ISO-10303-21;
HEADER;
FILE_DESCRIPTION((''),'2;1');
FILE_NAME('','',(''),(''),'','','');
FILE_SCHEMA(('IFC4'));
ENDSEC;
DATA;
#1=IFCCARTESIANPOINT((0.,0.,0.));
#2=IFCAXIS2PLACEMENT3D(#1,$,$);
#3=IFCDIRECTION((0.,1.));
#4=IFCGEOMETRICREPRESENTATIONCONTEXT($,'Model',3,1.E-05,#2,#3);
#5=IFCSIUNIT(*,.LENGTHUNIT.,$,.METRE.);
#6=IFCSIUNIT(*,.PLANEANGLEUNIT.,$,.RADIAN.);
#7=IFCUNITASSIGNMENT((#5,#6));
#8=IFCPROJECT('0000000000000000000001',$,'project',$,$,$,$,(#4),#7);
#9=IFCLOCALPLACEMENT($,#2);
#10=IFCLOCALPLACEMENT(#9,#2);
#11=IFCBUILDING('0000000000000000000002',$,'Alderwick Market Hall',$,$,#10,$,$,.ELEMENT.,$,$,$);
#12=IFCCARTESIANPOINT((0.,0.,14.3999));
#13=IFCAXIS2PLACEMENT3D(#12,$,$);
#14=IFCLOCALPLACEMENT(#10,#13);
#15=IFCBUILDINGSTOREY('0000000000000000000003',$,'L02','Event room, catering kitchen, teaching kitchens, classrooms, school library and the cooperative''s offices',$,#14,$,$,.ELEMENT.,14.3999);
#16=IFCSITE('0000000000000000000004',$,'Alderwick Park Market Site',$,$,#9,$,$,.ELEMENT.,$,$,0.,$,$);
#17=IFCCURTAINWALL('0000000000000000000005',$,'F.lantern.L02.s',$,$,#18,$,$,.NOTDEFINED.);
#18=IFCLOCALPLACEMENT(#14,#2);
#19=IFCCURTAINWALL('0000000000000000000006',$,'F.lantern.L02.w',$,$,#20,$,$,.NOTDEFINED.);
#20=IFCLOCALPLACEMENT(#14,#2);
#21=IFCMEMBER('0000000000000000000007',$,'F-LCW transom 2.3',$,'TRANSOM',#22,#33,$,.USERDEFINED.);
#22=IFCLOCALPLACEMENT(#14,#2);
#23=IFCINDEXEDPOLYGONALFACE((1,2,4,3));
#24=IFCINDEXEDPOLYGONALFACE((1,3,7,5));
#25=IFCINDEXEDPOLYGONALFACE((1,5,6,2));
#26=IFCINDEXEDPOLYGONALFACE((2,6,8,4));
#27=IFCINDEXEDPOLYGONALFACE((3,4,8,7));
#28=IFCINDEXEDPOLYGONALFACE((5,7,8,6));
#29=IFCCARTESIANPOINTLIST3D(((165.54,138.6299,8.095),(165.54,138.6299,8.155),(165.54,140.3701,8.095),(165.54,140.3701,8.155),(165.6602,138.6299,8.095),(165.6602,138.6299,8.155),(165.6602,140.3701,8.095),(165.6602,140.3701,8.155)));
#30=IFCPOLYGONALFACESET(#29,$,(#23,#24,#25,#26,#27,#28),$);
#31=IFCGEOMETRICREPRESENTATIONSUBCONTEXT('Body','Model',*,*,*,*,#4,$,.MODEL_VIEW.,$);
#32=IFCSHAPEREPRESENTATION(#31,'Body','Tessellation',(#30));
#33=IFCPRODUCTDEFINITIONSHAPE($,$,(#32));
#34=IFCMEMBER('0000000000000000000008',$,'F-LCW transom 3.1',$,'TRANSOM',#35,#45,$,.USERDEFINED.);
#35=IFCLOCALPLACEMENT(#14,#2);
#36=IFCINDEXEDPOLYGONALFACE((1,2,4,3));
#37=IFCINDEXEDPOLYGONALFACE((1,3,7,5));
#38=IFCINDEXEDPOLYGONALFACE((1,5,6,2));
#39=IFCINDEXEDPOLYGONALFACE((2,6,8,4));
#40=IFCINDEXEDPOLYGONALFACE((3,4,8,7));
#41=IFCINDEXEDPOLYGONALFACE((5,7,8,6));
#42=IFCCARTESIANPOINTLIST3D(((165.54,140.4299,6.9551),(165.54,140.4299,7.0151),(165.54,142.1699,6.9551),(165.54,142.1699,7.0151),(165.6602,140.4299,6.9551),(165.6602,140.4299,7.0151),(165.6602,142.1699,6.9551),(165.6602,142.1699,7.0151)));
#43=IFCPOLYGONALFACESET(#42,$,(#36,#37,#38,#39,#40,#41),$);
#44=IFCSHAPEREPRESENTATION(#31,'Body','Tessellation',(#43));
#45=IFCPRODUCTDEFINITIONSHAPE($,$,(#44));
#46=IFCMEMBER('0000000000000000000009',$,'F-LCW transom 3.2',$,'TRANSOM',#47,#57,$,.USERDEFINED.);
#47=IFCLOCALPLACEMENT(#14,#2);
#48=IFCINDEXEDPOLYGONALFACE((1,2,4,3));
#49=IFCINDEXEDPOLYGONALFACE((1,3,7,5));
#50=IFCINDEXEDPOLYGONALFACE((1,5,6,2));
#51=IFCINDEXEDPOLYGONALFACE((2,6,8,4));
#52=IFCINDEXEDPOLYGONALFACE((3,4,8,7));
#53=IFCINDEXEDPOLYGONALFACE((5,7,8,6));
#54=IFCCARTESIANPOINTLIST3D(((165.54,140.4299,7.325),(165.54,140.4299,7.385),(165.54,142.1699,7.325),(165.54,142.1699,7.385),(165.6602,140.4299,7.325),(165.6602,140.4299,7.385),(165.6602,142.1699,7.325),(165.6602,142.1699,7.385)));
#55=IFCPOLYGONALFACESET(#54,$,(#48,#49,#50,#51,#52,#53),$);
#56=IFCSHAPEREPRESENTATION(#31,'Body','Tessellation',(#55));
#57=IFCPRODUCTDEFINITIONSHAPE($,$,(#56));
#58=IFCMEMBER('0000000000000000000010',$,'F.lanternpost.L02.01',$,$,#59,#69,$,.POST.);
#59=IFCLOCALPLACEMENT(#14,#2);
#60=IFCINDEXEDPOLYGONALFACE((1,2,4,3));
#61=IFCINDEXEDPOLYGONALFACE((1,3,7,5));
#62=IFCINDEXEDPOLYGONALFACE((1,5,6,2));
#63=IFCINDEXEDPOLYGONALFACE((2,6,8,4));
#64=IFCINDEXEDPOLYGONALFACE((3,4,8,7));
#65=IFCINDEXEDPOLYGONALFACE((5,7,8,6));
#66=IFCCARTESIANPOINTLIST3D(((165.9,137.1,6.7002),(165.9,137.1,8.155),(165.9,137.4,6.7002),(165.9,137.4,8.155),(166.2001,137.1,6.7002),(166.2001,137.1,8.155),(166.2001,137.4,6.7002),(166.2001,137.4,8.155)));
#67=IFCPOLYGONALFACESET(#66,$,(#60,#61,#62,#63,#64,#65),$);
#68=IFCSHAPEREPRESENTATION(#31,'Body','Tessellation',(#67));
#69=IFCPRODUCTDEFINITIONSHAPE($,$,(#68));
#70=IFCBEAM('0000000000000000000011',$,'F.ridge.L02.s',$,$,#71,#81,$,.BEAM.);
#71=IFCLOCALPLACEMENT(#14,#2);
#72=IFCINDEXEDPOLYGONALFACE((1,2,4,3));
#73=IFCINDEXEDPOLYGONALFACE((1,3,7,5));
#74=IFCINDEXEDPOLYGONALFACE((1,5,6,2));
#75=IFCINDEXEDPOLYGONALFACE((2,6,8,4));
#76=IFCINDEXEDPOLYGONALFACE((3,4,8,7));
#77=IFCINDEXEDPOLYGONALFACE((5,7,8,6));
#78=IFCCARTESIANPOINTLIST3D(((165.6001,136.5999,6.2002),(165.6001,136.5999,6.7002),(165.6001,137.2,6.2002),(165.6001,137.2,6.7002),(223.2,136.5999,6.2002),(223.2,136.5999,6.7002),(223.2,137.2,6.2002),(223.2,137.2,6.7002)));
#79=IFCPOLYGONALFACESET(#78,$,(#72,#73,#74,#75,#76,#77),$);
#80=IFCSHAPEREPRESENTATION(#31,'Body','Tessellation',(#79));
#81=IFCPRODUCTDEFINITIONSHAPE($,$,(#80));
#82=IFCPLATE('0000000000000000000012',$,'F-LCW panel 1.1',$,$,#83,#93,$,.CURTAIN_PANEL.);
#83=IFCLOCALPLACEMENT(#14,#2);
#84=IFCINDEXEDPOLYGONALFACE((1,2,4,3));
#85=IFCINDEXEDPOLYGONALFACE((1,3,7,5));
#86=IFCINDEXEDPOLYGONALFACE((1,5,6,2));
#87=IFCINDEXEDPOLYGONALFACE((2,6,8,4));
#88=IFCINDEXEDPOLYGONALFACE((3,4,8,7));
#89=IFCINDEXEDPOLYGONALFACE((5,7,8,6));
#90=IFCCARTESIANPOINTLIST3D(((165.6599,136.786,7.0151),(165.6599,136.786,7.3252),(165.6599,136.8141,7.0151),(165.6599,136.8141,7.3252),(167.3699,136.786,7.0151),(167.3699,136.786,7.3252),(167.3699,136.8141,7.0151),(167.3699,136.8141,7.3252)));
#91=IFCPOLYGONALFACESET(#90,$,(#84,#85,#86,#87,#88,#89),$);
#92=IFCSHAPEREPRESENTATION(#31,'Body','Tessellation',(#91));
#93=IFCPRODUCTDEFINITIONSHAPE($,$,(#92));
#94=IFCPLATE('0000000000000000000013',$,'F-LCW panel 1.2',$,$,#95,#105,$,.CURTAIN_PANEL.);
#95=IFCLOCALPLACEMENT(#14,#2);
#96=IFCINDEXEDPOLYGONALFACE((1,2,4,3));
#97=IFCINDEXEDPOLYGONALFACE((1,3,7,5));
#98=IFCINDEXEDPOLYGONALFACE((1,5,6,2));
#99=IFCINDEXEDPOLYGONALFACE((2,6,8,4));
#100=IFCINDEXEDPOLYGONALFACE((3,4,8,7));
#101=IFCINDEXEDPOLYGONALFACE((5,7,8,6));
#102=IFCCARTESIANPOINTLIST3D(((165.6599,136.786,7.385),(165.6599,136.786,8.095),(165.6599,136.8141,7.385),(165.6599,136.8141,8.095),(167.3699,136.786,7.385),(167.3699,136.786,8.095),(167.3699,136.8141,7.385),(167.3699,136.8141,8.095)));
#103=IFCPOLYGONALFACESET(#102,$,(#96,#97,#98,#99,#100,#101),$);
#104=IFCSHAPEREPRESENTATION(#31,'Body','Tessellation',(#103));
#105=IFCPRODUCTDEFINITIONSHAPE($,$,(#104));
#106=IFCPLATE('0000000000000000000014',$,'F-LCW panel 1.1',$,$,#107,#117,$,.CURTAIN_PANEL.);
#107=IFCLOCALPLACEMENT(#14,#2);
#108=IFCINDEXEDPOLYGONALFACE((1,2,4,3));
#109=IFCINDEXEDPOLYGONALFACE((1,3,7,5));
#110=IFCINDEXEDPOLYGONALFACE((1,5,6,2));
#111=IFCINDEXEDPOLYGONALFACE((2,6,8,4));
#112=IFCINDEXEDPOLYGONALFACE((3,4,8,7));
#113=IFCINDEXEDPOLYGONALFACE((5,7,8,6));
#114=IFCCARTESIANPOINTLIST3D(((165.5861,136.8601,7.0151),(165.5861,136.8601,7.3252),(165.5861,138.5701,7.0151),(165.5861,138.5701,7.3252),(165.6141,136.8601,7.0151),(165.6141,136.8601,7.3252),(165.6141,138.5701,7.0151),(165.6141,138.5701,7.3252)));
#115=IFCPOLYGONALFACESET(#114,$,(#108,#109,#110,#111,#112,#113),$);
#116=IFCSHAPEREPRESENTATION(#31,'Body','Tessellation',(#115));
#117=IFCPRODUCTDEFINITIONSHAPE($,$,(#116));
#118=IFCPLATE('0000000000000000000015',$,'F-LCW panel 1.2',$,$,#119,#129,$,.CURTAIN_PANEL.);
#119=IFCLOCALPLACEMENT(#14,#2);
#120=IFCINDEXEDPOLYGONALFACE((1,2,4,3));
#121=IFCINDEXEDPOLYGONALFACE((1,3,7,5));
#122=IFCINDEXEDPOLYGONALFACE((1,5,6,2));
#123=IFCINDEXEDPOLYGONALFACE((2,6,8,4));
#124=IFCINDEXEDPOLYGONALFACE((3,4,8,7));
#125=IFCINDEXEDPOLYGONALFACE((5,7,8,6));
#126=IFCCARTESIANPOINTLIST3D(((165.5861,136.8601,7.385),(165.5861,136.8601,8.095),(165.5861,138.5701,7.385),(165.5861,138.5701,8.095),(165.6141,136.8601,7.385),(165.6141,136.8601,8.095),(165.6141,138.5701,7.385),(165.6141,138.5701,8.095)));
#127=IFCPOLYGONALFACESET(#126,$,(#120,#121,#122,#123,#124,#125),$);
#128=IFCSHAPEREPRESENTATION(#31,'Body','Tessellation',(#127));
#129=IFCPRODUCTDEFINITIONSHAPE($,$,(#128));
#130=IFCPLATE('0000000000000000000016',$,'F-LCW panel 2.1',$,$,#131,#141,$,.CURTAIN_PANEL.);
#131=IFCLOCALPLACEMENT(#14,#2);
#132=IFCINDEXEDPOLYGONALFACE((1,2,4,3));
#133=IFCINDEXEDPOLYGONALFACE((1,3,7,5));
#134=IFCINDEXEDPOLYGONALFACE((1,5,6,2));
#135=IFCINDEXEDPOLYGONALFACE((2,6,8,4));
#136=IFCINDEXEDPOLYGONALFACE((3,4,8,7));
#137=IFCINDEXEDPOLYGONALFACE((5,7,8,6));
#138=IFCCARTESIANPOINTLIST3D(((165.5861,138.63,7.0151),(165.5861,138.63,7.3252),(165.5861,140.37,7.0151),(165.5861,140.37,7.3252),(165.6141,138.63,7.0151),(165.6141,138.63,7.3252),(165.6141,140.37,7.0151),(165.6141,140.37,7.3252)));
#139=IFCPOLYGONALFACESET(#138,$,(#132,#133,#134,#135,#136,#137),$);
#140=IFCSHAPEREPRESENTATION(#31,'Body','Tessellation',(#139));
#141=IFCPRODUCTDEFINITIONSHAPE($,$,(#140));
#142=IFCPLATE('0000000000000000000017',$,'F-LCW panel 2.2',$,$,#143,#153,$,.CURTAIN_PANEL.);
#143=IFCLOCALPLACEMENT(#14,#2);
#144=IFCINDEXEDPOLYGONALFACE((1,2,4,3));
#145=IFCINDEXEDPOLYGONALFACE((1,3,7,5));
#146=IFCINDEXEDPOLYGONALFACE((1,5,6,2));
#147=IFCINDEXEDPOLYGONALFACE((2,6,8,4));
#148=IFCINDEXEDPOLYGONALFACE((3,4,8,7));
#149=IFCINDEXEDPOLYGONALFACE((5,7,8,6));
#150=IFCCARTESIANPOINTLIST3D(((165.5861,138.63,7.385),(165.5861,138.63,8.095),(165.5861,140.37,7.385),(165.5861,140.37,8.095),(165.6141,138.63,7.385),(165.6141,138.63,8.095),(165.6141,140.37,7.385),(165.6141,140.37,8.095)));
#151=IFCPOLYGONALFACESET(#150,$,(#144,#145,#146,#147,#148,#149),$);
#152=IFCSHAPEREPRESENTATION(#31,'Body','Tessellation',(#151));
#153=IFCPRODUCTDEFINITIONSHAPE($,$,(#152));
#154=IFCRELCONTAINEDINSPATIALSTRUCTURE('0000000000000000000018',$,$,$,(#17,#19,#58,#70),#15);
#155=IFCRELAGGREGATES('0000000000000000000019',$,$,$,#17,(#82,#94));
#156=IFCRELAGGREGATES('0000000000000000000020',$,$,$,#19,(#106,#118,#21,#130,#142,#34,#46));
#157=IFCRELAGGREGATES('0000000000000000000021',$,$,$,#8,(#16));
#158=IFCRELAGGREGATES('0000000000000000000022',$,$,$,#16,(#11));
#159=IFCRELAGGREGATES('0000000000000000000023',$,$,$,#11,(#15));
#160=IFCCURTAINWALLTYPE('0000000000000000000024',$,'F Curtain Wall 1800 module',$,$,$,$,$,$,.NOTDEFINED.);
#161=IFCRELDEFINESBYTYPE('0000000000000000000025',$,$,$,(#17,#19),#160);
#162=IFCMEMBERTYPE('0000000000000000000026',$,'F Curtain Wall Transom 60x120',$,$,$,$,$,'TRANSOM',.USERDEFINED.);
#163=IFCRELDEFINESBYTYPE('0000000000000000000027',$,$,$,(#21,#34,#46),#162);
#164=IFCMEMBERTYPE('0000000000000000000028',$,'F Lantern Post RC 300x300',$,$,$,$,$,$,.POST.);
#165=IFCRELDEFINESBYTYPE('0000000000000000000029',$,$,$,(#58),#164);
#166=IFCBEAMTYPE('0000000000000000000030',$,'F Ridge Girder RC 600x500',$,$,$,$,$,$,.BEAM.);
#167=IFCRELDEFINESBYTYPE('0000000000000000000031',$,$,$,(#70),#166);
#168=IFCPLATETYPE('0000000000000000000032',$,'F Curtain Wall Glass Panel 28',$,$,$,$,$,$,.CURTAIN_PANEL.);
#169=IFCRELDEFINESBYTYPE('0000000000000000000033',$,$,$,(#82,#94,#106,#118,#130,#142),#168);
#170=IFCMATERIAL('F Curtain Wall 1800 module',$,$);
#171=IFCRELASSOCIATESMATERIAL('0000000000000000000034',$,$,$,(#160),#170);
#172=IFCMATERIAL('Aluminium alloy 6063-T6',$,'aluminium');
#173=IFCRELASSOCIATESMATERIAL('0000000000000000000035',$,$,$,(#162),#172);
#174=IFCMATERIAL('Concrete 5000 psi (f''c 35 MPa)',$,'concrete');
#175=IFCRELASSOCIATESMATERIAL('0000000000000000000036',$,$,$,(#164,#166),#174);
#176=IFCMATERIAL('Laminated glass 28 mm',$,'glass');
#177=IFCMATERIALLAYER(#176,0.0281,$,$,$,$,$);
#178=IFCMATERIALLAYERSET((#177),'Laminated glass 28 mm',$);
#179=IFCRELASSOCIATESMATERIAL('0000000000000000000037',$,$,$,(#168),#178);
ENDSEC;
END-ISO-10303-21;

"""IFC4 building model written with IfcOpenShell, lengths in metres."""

from ifc_helpers import new_model, si_unit, direction, frame, origin, origin_2d, place, context, subcontext, project, spatial, rectangle, extrude, material, layer, layer_set, material_profile, profile_set, type_object, element, aggregate, save


model = new_model("IFC4")

# Units and contexts
model_context = context("Model", 3, precision=1e-05, world=origin(), true_north=direction((0.0, 1.0)))
body_context = subcontext(model_context, "Body", "Model", "MODEL_VIEW")
ifc_project = project(units=[si_unit("LENGTHUNIT", "METRE"), si_unit("PLANEANGLEUNIT", "RADIAN")], contexts=[model_context])

# Site, building, storey
site_placement = place(None, origin())
site = spatial("IfcSite", under=ifc_project, at=site_placement, Name="Alderwick Park Market Site", CompositionType="ELEMENT", RefElevation=0.0)
building_placement = place(site_placement, origin())
building = spatial("IfcBuilding", under=site, at=building_placement, Name="Alderwick Market Hall", CompositionType="ELEMENT")
storey_placement = place(building_placement, frame((0.0, 0.0, 14.3999)))
storey = spatial("IfcBuildingStorey", under=building, at=storey_placement, Name="L02", Description="Event room, catering kitchen, teaching kitchens, classrooms, school library and the cooperative's offices", CompositionType="ELEMENT", Elevation=14.3999)

# Curtain walls
ifc_material_1 = material(Name="F Curtain Wall 1800 module")
curtain_wall_type = type_object("IfcCurtainWallType", Name="F Curtain Wall 1800 module", PredefinedType="NOTDEFINED", material=ifc_material_1)
curtain_wall_1_placement = place(storey_placement, origin())
curtain_wall_1 = element("IfcCurtainWall", 1, at=curtain_wall_1_placement, inside=storey, type_object=curtain_wall_type, Name="F.lantern.L02.s", PredefinedType="NOTDEFINED")
ifc_material_2 = material(Name="Aluminium alloy 6063-T6", Category="aluminium")
curtain_wall_2_placement = place(storey_placement, origin())
curtain_wall_2 = element("IfcCurtainWall", 2, at=curtain_wall_2_placement, inside=storey, type_object=curtain_wall_type, Name="F.lantern.L02.w", PredefinedType="NOTDEFINED")

# Members
ifc_material_profile_1 = material_profile(ifc_material_2, rectangle(XDim=0.1201, YDim=0.0601, at=origin_2d()), Name="AL 60x120")
ifc_profile_set_1 = profile_set([ifc_material_profile_1], Name="Aluminium alloy 6063-T6")
member_type_1 = type_object("IfcMemberType", Name="F Curtain Wall Transom 60x120", ElementType="TRANSOM", PredefinedType="USERDEFINED", material=ifc_profile_set_1)
member_1_placement = place(storey_placement, frame((165.6001, 138.6299, 8.125), z_axis=(0.0, 1.0, 0.0), x_axis=(-1.0, 0.0, 0.0)))
member_1 = element("IfcMember", 3, at=member_1_placement, type_object=member_type_1, Name="F-LCW transom 2.3", ObjectType="TRANSOM", PredefinedType="USERDEFINED", context=body_context, shape_type="SweptSolid", body=[
    extrude(rectangle(XDim=0.1201, YDim=0.0601, at=origin_2d()), origin(), (0.0, 0.0, 1.0), 1.7402),
])
member_2_placement = place(storey_placement, frame((165.6001, 140.4299, 6.9851), z_axis=(0.0, 1.0, 0.0), x_axis=(-1.0, 0.0, 0.0)))
member_2 = element("IfcMember", 4, at=member_2_placement, type_object=member_type_1, Name="F-LCW transom 3.1", ObjectType="TRANSOM", PredefinedType="USERDEFINED", context=body_context, shape_type="SweptSolid", body=[
    extrude(rectangle(XDim=0.1201, YDim=0.0601, at=origin_2d()), origin(), (0.0, 0.0, 1.0), 1.74),
])
member_3_placement = place(storey_placement, frame((165.6001, 140.4299, 7.355), z_axis=(0.0, 1.0, 0.0), x_axis=(-1.0, 0.0, 0.0)))
member_3 = element("IfcMember", 5, at=member_3_placement, type_object=member_type_1, Name="F-LCW transom 3.2", ObjectType="TRANSOM", PredefinedType="USERDEFINED", context=body_context, shape_type="SweptSolid", body=[
    extrude(rectangle(XDim=0.1201, YDim=0.0601, at=origin_2d()), origin(), (0.0, 0.0, 1.0), 1.74),
])
ifc_material_3 = material(Name="Concrete 5000 psi (f'c 35 MPa)", Category="concrete")
ifc_material_profile_2 = material_profile(ifc_material_3, rectangle(XDim=0.3, YDim=0.3, at=origin_2d()), Name="RC 300x300")
ifc_profile_set_2 = profile_set([ifc_material_profile_2], Name="Concrete 5000 psi (f'c 35 MPa)")
member_type_2 = type_object("IfcMemberType", Name="F Lantern Post RC 300x300", PredefinedType="POST", material=ifc_profile_set_2)
member_4_placement = place(storey_placement, frame((166.05, 137.25, 6.7002), z_axis=(0.0, 0.0, 1.0), x_axis=(1.0, 0.0, 0.0)))
element("IfcMember", 6, at=member_4_placement, inside=storey, type_object=member_type_2, Name="F.lanternpost.L02.01", PredefinedType="POST", context=body_context, shape_type="SweptSolid", body=[
    extrude(rectangle(XDim=0.3, YDim=0.3, at=origin_2d()), origin(), (0.0, 0.0, 1.0), 1.4548),
])

# Beam
ifc_material_profile_3 = material_profile(ifc_material_3, rectangle(XDim=0.6001, YDim=0.5, at=origin_2d()), Name="RC 600x500")
ifc_profile_set_3 = profile_set([ifc_material_profile_3], Name="Concrete 5000 psi (f'c 35 MPa)")
beam_type = type_object("IfcBeamType", Name="F Ridge Girder RC 600x500", PredefinedType="BEAM", material=ifc_profile_set_3)
beam_placement = place(storey_placement, frame((165.6001, 136.8999, 6.4502), z_axis=(1.0, 0.0, 0.0), x_axis=(0.0, 1.0, 0.0)))
element("IfcBeam", 7, at=beam_placement, inside=storey, type_object=beam_type, Name="F.ridge.L02.s", PredefinedType="BEAM", context=body_context, shape_type="SweptSolid", body=[
    extrude(rectangle(XDim=0.6001, YDim=0.5, at=origin_2d()), origin(), (0.0, 0.0, 1.0), 57.5999),
])

# Plates
ifc_material_4 = material(Name="Laminated glass 28 mm", Category="glass")
ifc_layer = layer(ifc_material_4, 0.0281)
ifc_layer_set = layer_set([ifc_layer], Name="Laminated glass 28 mm")
plate_type = type_object("IfcPlateType", Name="F Curtain Wall Glass Panel 28", PredefinedType="CURTAIN_PANEL", material=ifc_layer_set)
plate_1_placement = place(storey_placement, frame((166.5149, 136.8, 7.0151), z_axis=(0.0, 0.0, 1.0), x_axis=(1.0, 0.0, 0.0)))
plate_1 = element("IfcPlate", 8, at=plate_1_placement, type_object=plate_type, Name="F-LCW panel 1.1", PredefinedType="CURTAIN_PANEL", context=body_context, shape_type="SweptSolid", body=[
    extrude(rectangle(XDim=1.71, YDim=0.0281, at=origin_2d()), origin(), (0.0, 0.0, 1.0), 0.3101),
])
plate_2_placement = place(storey_placement, frame((166.5149, 136.8, 7.385), z_axis=(0.0, 0.0, 1.0), x_axis=(1.0, 0.0, 0.0)))
plate_2 = element("IfcPlate", 9, at=plate_2_placement, type_object=plate_type, Name="F-LCW panel 1.2", PredefinedType="CURTAIN_PANEL", context=body_context, shape_type="SweptSolid", body=[
    extrude(rectangle(XDim=1.71, YDim=0.0281, at=origin_2d()), origin(), (0.0, 0.0, 1.0), 0.71),
])
aggregate(curtain_wall_1, [plate_1, plate_2])
plate_3_placement = place(storey_placement, frame((165.6001, 137.7151, 7.0151), z_axis=(0.0, 0.0, 1.0), x_axis=(0.0, 1.0, 0.0)))
plate_3 = element("IfcPlate", 10, at=plate_3_placement, type_object=plate_type, Name="F-LCW panel 1.1", PredefinedType="CURTAIN_PANEL", context=body_context, shape_type="SweptSolid", body=[
    extrude(rectangle(XDim=1.71, YDim=0.0281, at=origin_2d()), origin(), (0.0, 0.0, 1.0), 0.3101),
])
plate_4_placement = place(storey_placement, frame((165.6001, 137.7151, 7.385), z_axis=(0.0, 0.0, 1.0), x_axis=(0.0, 1.0, 0.0)))
plate_4 = element("IfcPlate", 11, at=plate_4_placement, type_object=plate_type, Name="F-LCW panel 1.2", PredefinedType="CURTAIN_PANEL", context=body_context, shape_type="SweptSolid", body=[
    extrude(rectangle(XDim=1.71, YDim=0.0281, at=origin_2d()), origin(), (0.0, 0.0, 1.0), 0.71),
])
plate_5_placement = place(storey_placement, frame((165.6001, 139.5, 7.0151), z_axis=(0.0, 0.0, 1.0), x_axis=(0.0, 1.0, 0.0)))
plate_5 = element("IfcPlate", 12, at=plate_5_placement, type_object=plate_type, Name="F-LCW panel 2.1", PredefinedType="CURTAIN_PANEL", context=body_context, shape_type="SweptSolid", body=[
    extrude(rectangle(XDim=1.74, YDim=0.0281, at=origin_2d()), origin(), (0.0, 0.0, 1.0), 0.3101),
])
plate_6_placement = place(storey_placement, frame((165.6001, 139.5, 7.385), z_axis=(0.0, 0.0, 1.0), x_axis=(0.0, 1.0, 0.0)))
plate_6 = element("IfcPlate", 13, at=plate_6_placement, type_object=plate_type, Name="F-LCW panel 2.2", PredefinedType="CURTAIN_PANEL", context=body_context, shape_type="SweptSolid", body=[
    extrude(rectangle(XDim=1.74, YDim=0.0281, at=origin_2d()), origin(), (0.0, 0.0, 1.0), 0.71),
])
aggregate(curtain_wall_2, [plate_3, plate_4, member_1, plate_5, plate_6, member_2, member_3])

save(model, "model.ifc")
